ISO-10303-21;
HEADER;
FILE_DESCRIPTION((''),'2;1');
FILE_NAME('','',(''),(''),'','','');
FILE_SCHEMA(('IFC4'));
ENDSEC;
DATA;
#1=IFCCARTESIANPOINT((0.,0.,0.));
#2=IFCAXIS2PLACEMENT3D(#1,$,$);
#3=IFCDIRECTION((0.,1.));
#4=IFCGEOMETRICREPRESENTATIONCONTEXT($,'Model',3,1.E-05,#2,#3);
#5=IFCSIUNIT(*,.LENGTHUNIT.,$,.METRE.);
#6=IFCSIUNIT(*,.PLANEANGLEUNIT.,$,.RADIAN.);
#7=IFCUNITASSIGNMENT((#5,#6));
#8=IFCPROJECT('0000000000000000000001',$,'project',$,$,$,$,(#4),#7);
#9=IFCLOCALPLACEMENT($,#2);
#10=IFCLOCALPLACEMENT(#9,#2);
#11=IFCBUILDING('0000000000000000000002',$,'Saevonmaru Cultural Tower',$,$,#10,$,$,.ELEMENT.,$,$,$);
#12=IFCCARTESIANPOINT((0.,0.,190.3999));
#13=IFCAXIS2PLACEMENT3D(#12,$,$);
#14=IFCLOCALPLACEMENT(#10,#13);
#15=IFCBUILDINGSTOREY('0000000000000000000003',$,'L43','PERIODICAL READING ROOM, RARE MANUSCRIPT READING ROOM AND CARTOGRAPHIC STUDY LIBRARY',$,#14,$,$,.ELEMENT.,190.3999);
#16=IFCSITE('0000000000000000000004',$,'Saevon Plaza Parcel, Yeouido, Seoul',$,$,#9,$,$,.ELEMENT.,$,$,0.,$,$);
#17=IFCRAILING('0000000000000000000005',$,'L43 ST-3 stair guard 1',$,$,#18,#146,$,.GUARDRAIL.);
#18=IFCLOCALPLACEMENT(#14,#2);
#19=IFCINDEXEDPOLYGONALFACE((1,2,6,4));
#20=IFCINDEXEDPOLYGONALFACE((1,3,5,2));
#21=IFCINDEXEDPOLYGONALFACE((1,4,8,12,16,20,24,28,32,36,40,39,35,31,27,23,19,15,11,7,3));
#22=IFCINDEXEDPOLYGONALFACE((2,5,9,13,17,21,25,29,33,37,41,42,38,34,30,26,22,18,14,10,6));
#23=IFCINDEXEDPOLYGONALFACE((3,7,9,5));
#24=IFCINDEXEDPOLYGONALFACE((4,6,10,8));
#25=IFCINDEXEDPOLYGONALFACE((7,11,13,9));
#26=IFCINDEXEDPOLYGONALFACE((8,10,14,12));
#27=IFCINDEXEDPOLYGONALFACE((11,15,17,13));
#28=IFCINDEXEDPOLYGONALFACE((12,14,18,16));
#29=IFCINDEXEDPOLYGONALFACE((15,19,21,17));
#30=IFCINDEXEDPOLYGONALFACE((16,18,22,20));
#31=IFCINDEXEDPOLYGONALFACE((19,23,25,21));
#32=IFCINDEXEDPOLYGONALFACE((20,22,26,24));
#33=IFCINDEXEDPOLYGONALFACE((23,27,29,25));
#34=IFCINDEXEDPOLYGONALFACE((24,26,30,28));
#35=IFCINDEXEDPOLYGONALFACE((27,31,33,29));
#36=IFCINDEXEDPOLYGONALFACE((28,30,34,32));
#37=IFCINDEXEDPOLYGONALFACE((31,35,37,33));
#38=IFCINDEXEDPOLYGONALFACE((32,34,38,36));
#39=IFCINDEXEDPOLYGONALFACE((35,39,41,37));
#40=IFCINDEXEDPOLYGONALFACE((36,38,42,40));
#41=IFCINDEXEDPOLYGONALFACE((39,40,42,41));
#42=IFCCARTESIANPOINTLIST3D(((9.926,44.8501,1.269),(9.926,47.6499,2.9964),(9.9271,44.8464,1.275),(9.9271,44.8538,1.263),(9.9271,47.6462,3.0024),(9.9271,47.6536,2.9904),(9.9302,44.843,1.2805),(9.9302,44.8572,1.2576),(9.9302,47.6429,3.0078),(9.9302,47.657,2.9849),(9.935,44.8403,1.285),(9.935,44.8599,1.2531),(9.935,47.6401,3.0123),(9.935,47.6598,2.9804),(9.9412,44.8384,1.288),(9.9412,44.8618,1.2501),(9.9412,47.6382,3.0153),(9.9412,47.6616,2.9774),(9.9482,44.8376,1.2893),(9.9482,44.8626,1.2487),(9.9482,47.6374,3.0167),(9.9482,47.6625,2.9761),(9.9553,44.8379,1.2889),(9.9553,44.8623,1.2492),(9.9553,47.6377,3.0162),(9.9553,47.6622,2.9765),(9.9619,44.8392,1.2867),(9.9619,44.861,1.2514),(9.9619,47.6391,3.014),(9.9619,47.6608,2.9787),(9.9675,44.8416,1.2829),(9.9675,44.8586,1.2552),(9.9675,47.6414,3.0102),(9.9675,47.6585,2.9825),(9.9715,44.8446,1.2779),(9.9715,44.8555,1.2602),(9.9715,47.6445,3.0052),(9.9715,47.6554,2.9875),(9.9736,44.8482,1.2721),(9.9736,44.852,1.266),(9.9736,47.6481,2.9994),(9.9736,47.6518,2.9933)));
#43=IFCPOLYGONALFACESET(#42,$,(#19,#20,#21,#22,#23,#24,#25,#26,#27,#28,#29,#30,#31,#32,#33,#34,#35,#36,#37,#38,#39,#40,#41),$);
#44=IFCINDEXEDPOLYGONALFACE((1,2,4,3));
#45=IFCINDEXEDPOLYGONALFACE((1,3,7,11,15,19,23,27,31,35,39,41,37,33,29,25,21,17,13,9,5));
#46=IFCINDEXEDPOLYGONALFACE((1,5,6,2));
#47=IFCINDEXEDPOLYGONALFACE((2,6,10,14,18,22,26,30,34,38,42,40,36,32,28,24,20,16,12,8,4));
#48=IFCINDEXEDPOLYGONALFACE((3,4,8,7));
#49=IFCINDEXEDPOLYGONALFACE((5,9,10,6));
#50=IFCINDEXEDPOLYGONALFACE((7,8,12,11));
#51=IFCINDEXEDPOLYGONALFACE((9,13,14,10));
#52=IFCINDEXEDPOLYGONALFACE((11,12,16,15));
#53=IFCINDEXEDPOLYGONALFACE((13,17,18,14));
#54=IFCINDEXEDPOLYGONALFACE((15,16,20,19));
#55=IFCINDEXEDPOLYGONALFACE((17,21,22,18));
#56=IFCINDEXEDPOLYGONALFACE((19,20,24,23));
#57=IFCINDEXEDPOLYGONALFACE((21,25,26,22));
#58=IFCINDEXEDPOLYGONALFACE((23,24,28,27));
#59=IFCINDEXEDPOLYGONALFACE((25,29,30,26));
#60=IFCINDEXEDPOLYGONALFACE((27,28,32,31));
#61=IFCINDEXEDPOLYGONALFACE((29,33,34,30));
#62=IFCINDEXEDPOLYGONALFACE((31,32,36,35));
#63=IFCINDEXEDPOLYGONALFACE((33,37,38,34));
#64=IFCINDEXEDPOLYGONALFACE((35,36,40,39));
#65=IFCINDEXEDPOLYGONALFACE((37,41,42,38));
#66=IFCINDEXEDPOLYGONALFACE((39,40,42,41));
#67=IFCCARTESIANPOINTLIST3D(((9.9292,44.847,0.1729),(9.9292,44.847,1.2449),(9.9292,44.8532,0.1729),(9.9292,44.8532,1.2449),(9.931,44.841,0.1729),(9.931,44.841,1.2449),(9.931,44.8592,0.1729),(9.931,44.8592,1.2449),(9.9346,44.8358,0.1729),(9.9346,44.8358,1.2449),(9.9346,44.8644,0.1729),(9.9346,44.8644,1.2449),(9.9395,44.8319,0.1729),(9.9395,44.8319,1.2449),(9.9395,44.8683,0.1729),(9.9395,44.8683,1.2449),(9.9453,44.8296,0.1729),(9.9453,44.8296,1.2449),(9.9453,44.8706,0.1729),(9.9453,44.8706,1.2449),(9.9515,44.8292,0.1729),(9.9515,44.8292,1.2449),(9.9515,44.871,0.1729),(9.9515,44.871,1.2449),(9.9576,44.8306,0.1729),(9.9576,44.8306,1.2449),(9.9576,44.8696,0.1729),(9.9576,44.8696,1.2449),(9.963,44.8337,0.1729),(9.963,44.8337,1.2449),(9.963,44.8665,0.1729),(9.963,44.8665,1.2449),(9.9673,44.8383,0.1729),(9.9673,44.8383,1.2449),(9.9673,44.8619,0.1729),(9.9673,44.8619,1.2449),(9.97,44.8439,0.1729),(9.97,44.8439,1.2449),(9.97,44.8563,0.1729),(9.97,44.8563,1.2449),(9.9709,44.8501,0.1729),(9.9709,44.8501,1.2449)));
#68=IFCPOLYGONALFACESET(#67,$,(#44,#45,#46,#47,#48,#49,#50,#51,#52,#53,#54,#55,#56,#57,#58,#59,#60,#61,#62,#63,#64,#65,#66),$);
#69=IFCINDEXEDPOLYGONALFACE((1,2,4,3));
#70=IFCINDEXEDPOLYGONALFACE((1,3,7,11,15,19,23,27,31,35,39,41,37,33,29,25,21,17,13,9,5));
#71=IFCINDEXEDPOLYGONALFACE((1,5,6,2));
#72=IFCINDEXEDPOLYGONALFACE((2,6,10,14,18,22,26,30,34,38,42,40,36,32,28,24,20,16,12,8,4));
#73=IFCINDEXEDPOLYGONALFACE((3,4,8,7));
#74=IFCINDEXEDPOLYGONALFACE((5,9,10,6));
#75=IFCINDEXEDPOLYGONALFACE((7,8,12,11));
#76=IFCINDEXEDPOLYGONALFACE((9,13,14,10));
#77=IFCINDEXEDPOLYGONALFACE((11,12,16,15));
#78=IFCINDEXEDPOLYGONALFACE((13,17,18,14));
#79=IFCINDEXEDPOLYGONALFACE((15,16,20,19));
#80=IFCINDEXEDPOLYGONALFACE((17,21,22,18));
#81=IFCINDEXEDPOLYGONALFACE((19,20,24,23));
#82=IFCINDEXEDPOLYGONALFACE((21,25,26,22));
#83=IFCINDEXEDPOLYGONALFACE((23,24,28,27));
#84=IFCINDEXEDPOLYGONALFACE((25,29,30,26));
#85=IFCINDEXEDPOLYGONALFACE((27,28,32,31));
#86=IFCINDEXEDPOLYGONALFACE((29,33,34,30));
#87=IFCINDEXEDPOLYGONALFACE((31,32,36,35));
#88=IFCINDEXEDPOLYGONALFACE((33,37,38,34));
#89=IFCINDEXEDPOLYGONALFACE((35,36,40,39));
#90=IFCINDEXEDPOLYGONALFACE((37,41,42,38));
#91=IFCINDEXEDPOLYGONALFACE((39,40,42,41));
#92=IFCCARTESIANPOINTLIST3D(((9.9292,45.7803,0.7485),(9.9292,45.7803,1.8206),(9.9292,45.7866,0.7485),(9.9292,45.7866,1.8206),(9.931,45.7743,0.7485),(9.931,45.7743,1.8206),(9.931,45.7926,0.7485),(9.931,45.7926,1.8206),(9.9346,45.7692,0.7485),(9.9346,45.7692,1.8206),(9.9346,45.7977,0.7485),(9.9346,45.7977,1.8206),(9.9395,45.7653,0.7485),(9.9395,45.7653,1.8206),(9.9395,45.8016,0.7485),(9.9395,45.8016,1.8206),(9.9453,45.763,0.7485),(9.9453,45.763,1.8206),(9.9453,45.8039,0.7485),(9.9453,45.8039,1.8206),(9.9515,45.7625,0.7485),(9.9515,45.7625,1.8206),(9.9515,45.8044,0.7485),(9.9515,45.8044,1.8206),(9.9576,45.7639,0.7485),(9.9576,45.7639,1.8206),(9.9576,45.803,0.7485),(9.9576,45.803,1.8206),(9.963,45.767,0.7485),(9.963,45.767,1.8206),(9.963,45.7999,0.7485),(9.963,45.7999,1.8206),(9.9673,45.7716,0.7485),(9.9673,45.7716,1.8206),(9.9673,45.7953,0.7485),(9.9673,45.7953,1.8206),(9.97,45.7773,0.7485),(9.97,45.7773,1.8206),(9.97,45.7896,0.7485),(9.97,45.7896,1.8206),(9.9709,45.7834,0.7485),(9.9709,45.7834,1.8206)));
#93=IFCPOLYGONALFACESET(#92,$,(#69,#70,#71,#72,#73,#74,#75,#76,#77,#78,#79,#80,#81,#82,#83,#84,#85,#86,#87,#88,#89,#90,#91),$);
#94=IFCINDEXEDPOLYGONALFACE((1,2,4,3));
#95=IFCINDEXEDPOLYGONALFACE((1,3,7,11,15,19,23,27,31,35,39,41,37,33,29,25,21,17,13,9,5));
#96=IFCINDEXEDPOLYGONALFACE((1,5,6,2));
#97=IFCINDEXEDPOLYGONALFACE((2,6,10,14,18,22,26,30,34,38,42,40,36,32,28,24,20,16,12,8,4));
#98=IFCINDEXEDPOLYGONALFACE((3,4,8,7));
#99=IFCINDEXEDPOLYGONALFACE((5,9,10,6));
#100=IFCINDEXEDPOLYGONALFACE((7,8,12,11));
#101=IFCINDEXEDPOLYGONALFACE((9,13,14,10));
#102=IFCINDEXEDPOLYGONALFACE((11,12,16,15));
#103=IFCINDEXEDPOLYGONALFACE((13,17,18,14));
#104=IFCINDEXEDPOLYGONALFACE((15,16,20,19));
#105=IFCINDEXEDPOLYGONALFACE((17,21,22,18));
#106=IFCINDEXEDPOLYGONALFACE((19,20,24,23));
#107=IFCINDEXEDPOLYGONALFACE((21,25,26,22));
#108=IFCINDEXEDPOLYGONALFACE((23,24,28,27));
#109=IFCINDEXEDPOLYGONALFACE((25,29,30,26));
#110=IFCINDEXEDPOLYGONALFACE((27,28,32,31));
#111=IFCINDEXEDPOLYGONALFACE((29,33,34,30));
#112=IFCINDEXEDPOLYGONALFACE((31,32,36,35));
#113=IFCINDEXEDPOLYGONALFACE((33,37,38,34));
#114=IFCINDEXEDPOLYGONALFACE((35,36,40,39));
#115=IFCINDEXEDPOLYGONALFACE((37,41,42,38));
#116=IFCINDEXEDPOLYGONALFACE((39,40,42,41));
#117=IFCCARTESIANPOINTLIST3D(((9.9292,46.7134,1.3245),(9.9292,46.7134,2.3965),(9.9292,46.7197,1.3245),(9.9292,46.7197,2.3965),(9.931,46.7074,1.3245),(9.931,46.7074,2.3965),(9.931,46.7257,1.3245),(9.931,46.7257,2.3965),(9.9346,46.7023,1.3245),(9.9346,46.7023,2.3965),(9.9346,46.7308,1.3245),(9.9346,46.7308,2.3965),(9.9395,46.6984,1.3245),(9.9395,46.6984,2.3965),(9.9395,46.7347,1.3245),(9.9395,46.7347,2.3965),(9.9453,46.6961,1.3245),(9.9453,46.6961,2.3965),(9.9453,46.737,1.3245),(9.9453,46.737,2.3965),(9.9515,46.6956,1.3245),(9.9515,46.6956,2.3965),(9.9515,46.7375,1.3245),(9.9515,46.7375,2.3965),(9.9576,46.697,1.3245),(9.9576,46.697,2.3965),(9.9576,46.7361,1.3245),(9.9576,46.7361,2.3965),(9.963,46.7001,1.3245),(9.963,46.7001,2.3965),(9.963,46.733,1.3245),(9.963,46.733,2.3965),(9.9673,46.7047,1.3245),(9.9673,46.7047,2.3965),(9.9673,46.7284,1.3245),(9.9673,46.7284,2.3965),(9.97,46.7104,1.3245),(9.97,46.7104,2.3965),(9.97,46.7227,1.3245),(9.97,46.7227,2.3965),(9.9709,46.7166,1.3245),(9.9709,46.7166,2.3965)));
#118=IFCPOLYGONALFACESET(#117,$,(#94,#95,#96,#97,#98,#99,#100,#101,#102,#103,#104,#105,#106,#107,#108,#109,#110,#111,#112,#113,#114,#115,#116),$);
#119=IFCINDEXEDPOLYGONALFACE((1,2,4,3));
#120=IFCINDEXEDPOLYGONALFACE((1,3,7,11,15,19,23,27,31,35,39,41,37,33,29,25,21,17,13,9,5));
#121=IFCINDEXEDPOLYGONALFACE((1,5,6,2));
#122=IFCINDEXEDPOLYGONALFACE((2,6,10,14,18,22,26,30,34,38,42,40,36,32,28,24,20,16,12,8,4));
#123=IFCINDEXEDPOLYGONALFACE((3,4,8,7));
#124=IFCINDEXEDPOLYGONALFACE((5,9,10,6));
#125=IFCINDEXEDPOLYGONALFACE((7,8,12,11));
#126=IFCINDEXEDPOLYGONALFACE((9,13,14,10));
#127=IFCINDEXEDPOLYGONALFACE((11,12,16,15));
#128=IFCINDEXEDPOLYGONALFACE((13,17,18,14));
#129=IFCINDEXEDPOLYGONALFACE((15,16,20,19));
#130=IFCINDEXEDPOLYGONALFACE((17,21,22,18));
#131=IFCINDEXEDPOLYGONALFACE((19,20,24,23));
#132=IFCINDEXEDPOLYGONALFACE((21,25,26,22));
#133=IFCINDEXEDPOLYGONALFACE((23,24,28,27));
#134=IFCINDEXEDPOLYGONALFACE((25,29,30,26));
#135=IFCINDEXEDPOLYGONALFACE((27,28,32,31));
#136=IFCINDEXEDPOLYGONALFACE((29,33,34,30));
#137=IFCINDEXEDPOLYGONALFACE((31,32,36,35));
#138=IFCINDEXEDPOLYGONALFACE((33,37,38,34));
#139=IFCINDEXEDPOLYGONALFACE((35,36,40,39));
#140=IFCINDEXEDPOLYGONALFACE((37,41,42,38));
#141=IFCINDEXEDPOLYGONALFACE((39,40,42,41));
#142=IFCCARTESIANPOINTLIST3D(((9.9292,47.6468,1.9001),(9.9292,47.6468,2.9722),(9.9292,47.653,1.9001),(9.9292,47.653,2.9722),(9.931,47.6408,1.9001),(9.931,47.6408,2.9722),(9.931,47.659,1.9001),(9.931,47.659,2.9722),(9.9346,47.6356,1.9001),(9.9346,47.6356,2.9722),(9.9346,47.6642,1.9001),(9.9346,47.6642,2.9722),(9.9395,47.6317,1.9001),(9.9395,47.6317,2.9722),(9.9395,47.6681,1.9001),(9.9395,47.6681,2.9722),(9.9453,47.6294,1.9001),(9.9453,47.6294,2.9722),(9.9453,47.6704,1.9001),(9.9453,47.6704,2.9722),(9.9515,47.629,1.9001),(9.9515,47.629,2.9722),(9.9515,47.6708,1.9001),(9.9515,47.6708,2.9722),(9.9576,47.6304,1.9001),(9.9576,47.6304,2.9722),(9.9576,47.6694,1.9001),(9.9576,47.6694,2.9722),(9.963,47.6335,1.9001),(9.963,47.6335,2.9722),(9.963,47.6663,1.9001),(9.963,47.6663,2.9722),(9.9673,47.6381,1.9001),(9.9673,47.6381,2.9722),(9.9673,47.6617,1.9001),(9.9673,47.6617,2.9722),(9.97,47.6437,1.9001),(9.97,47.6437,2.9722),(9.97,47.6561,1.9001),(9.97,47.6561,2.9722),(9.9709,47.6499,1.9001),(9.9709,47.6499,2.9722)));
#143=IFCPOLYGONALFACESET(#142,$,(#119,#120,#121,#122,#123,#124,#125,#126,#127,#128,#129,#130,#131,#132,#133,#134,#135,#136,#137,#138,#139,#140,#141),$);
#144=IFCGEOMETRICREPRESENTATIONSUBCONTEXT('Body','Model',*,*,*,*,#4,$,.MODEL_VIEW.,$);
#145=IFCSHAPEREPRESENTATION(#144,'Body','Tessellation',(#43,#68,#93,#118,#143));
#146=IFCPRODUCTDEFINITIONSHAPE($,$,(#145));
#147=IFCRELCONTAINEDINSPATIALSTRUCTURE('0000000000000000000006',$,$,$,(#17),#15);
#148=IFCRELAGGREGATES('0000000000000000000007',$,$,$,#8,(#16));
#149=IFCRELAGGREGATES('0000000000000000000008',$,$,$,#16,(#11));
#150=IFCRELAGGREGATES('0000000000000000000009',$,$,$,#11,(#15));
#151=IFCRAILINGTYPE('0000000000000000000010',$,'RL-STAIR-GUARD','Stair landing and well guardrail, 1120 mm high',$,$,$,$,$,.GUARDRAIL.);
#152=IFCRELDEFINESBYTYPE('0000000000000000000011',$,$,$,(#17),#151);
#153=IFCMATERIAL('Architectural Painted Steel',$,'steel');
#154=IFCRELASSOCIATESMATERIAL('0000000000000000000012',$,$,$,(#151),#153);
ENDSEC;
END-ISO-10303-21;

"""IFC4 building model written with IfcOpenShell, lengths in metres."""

from ifc_helpers import new_model, si_unit, direction, frame, origin, origin_2d, place, context, subcontext, project, spatial, circle, extrude, material, type_object, element, save


model = new_model("IFC4")

# Units and contexts
model_context = context("Model", 3, precision=1e-05, world=origin(), true_north=direction((0.0, 1.0)))
body_context = subcontext(model_context, "Body", "Model", "MODEL_VIEW")
ifc_project = project(units=[si_unit("LENGTHUNIT", "METRE"), si_unit("PLANEANGLEUNIT", "RADIAN")], contexts=[model_context])

# Site, building, storey
site_placement = place(None, origin())
site = spatial("IfcSite", under=ifc_project, at=site_placement, Name="Saevon Plaza Parcel, Yeouido, Seoul", CompositionType="ELEMENT", RefElevation=0.0)
building_placement = place(site_placement, origin())
building = spatial("IfcBuilding", under=site, at=building_placement, Name="Saevonmaru Cultural Tower", CompositionType="ELEMENT")
storey_placement = place(building_placement, frame((0.0, 0.0, 190.3999)))
storey = spatial("IfcBuildingStorey", under=building, at=storey_placement, Name="L43", Description="PERIODICAL READING ROOM, RARE MANUSCRIPT READING ROOM AND CARTOGRAPHIC STUDY LIBRARY", CompositionType="ELEMENT", Elevation=190.3999)

# Railing
ifc_material_1 = material(Name="Architectural Painted Steel", Category="steel")
railing_type_1 = type_object("IfcRailingType", Name="RL-STAIR-GUARD", Description="Stair landing and well guardrail, 1120 mm high", PredefinedType="GUARDRAIL", material=ifc_material_1)
railing_1_placement = place(storey_placement, frame((9.95, 44.8501, 0.1729)))
element("IfcRailing", 1, at=railing_1_placement, inside=storey, type_object=railing_type_1, Name="L43 ST-3 stair guard 1", PredefinedType="GUARDRAIL", context=body_context, shape_type="SweptSolid", body=[
    extrude(circle(Radius=0.0239, at=origin_2d()), frame((0.0, 0.0, 1.0962), z_axis=(0.0, 0.851069, 0.525054), x_axis=(-1.0, 0.0, 0.0)), (0.0, 0.0, 1.0), 3.2898),
    extrude(circle(Radius=0.021, at=origin_2d()), origin(), (0.0, 0.0, 1.0), 1.072),
    extrude(circle(Radius=0.021, at=origin_2d()), frame((0.0, 0.9333, 0.5757)), (0.0, 0.0, 1.0), 1.072),
    extrude(circle(Radius=0.021, at=origin_2d()), frame((0.0, 1.8665, 1.1516)), (0.0, 0.0, 1.0), 1.072),
    extrude(circle(Radius=0.021, at=origin_2d()), frame((0.0, 2.7998, 1.7273)), (0.0, 0.0, 1.0), 1.072),
])

save(model, "model.ifc")
